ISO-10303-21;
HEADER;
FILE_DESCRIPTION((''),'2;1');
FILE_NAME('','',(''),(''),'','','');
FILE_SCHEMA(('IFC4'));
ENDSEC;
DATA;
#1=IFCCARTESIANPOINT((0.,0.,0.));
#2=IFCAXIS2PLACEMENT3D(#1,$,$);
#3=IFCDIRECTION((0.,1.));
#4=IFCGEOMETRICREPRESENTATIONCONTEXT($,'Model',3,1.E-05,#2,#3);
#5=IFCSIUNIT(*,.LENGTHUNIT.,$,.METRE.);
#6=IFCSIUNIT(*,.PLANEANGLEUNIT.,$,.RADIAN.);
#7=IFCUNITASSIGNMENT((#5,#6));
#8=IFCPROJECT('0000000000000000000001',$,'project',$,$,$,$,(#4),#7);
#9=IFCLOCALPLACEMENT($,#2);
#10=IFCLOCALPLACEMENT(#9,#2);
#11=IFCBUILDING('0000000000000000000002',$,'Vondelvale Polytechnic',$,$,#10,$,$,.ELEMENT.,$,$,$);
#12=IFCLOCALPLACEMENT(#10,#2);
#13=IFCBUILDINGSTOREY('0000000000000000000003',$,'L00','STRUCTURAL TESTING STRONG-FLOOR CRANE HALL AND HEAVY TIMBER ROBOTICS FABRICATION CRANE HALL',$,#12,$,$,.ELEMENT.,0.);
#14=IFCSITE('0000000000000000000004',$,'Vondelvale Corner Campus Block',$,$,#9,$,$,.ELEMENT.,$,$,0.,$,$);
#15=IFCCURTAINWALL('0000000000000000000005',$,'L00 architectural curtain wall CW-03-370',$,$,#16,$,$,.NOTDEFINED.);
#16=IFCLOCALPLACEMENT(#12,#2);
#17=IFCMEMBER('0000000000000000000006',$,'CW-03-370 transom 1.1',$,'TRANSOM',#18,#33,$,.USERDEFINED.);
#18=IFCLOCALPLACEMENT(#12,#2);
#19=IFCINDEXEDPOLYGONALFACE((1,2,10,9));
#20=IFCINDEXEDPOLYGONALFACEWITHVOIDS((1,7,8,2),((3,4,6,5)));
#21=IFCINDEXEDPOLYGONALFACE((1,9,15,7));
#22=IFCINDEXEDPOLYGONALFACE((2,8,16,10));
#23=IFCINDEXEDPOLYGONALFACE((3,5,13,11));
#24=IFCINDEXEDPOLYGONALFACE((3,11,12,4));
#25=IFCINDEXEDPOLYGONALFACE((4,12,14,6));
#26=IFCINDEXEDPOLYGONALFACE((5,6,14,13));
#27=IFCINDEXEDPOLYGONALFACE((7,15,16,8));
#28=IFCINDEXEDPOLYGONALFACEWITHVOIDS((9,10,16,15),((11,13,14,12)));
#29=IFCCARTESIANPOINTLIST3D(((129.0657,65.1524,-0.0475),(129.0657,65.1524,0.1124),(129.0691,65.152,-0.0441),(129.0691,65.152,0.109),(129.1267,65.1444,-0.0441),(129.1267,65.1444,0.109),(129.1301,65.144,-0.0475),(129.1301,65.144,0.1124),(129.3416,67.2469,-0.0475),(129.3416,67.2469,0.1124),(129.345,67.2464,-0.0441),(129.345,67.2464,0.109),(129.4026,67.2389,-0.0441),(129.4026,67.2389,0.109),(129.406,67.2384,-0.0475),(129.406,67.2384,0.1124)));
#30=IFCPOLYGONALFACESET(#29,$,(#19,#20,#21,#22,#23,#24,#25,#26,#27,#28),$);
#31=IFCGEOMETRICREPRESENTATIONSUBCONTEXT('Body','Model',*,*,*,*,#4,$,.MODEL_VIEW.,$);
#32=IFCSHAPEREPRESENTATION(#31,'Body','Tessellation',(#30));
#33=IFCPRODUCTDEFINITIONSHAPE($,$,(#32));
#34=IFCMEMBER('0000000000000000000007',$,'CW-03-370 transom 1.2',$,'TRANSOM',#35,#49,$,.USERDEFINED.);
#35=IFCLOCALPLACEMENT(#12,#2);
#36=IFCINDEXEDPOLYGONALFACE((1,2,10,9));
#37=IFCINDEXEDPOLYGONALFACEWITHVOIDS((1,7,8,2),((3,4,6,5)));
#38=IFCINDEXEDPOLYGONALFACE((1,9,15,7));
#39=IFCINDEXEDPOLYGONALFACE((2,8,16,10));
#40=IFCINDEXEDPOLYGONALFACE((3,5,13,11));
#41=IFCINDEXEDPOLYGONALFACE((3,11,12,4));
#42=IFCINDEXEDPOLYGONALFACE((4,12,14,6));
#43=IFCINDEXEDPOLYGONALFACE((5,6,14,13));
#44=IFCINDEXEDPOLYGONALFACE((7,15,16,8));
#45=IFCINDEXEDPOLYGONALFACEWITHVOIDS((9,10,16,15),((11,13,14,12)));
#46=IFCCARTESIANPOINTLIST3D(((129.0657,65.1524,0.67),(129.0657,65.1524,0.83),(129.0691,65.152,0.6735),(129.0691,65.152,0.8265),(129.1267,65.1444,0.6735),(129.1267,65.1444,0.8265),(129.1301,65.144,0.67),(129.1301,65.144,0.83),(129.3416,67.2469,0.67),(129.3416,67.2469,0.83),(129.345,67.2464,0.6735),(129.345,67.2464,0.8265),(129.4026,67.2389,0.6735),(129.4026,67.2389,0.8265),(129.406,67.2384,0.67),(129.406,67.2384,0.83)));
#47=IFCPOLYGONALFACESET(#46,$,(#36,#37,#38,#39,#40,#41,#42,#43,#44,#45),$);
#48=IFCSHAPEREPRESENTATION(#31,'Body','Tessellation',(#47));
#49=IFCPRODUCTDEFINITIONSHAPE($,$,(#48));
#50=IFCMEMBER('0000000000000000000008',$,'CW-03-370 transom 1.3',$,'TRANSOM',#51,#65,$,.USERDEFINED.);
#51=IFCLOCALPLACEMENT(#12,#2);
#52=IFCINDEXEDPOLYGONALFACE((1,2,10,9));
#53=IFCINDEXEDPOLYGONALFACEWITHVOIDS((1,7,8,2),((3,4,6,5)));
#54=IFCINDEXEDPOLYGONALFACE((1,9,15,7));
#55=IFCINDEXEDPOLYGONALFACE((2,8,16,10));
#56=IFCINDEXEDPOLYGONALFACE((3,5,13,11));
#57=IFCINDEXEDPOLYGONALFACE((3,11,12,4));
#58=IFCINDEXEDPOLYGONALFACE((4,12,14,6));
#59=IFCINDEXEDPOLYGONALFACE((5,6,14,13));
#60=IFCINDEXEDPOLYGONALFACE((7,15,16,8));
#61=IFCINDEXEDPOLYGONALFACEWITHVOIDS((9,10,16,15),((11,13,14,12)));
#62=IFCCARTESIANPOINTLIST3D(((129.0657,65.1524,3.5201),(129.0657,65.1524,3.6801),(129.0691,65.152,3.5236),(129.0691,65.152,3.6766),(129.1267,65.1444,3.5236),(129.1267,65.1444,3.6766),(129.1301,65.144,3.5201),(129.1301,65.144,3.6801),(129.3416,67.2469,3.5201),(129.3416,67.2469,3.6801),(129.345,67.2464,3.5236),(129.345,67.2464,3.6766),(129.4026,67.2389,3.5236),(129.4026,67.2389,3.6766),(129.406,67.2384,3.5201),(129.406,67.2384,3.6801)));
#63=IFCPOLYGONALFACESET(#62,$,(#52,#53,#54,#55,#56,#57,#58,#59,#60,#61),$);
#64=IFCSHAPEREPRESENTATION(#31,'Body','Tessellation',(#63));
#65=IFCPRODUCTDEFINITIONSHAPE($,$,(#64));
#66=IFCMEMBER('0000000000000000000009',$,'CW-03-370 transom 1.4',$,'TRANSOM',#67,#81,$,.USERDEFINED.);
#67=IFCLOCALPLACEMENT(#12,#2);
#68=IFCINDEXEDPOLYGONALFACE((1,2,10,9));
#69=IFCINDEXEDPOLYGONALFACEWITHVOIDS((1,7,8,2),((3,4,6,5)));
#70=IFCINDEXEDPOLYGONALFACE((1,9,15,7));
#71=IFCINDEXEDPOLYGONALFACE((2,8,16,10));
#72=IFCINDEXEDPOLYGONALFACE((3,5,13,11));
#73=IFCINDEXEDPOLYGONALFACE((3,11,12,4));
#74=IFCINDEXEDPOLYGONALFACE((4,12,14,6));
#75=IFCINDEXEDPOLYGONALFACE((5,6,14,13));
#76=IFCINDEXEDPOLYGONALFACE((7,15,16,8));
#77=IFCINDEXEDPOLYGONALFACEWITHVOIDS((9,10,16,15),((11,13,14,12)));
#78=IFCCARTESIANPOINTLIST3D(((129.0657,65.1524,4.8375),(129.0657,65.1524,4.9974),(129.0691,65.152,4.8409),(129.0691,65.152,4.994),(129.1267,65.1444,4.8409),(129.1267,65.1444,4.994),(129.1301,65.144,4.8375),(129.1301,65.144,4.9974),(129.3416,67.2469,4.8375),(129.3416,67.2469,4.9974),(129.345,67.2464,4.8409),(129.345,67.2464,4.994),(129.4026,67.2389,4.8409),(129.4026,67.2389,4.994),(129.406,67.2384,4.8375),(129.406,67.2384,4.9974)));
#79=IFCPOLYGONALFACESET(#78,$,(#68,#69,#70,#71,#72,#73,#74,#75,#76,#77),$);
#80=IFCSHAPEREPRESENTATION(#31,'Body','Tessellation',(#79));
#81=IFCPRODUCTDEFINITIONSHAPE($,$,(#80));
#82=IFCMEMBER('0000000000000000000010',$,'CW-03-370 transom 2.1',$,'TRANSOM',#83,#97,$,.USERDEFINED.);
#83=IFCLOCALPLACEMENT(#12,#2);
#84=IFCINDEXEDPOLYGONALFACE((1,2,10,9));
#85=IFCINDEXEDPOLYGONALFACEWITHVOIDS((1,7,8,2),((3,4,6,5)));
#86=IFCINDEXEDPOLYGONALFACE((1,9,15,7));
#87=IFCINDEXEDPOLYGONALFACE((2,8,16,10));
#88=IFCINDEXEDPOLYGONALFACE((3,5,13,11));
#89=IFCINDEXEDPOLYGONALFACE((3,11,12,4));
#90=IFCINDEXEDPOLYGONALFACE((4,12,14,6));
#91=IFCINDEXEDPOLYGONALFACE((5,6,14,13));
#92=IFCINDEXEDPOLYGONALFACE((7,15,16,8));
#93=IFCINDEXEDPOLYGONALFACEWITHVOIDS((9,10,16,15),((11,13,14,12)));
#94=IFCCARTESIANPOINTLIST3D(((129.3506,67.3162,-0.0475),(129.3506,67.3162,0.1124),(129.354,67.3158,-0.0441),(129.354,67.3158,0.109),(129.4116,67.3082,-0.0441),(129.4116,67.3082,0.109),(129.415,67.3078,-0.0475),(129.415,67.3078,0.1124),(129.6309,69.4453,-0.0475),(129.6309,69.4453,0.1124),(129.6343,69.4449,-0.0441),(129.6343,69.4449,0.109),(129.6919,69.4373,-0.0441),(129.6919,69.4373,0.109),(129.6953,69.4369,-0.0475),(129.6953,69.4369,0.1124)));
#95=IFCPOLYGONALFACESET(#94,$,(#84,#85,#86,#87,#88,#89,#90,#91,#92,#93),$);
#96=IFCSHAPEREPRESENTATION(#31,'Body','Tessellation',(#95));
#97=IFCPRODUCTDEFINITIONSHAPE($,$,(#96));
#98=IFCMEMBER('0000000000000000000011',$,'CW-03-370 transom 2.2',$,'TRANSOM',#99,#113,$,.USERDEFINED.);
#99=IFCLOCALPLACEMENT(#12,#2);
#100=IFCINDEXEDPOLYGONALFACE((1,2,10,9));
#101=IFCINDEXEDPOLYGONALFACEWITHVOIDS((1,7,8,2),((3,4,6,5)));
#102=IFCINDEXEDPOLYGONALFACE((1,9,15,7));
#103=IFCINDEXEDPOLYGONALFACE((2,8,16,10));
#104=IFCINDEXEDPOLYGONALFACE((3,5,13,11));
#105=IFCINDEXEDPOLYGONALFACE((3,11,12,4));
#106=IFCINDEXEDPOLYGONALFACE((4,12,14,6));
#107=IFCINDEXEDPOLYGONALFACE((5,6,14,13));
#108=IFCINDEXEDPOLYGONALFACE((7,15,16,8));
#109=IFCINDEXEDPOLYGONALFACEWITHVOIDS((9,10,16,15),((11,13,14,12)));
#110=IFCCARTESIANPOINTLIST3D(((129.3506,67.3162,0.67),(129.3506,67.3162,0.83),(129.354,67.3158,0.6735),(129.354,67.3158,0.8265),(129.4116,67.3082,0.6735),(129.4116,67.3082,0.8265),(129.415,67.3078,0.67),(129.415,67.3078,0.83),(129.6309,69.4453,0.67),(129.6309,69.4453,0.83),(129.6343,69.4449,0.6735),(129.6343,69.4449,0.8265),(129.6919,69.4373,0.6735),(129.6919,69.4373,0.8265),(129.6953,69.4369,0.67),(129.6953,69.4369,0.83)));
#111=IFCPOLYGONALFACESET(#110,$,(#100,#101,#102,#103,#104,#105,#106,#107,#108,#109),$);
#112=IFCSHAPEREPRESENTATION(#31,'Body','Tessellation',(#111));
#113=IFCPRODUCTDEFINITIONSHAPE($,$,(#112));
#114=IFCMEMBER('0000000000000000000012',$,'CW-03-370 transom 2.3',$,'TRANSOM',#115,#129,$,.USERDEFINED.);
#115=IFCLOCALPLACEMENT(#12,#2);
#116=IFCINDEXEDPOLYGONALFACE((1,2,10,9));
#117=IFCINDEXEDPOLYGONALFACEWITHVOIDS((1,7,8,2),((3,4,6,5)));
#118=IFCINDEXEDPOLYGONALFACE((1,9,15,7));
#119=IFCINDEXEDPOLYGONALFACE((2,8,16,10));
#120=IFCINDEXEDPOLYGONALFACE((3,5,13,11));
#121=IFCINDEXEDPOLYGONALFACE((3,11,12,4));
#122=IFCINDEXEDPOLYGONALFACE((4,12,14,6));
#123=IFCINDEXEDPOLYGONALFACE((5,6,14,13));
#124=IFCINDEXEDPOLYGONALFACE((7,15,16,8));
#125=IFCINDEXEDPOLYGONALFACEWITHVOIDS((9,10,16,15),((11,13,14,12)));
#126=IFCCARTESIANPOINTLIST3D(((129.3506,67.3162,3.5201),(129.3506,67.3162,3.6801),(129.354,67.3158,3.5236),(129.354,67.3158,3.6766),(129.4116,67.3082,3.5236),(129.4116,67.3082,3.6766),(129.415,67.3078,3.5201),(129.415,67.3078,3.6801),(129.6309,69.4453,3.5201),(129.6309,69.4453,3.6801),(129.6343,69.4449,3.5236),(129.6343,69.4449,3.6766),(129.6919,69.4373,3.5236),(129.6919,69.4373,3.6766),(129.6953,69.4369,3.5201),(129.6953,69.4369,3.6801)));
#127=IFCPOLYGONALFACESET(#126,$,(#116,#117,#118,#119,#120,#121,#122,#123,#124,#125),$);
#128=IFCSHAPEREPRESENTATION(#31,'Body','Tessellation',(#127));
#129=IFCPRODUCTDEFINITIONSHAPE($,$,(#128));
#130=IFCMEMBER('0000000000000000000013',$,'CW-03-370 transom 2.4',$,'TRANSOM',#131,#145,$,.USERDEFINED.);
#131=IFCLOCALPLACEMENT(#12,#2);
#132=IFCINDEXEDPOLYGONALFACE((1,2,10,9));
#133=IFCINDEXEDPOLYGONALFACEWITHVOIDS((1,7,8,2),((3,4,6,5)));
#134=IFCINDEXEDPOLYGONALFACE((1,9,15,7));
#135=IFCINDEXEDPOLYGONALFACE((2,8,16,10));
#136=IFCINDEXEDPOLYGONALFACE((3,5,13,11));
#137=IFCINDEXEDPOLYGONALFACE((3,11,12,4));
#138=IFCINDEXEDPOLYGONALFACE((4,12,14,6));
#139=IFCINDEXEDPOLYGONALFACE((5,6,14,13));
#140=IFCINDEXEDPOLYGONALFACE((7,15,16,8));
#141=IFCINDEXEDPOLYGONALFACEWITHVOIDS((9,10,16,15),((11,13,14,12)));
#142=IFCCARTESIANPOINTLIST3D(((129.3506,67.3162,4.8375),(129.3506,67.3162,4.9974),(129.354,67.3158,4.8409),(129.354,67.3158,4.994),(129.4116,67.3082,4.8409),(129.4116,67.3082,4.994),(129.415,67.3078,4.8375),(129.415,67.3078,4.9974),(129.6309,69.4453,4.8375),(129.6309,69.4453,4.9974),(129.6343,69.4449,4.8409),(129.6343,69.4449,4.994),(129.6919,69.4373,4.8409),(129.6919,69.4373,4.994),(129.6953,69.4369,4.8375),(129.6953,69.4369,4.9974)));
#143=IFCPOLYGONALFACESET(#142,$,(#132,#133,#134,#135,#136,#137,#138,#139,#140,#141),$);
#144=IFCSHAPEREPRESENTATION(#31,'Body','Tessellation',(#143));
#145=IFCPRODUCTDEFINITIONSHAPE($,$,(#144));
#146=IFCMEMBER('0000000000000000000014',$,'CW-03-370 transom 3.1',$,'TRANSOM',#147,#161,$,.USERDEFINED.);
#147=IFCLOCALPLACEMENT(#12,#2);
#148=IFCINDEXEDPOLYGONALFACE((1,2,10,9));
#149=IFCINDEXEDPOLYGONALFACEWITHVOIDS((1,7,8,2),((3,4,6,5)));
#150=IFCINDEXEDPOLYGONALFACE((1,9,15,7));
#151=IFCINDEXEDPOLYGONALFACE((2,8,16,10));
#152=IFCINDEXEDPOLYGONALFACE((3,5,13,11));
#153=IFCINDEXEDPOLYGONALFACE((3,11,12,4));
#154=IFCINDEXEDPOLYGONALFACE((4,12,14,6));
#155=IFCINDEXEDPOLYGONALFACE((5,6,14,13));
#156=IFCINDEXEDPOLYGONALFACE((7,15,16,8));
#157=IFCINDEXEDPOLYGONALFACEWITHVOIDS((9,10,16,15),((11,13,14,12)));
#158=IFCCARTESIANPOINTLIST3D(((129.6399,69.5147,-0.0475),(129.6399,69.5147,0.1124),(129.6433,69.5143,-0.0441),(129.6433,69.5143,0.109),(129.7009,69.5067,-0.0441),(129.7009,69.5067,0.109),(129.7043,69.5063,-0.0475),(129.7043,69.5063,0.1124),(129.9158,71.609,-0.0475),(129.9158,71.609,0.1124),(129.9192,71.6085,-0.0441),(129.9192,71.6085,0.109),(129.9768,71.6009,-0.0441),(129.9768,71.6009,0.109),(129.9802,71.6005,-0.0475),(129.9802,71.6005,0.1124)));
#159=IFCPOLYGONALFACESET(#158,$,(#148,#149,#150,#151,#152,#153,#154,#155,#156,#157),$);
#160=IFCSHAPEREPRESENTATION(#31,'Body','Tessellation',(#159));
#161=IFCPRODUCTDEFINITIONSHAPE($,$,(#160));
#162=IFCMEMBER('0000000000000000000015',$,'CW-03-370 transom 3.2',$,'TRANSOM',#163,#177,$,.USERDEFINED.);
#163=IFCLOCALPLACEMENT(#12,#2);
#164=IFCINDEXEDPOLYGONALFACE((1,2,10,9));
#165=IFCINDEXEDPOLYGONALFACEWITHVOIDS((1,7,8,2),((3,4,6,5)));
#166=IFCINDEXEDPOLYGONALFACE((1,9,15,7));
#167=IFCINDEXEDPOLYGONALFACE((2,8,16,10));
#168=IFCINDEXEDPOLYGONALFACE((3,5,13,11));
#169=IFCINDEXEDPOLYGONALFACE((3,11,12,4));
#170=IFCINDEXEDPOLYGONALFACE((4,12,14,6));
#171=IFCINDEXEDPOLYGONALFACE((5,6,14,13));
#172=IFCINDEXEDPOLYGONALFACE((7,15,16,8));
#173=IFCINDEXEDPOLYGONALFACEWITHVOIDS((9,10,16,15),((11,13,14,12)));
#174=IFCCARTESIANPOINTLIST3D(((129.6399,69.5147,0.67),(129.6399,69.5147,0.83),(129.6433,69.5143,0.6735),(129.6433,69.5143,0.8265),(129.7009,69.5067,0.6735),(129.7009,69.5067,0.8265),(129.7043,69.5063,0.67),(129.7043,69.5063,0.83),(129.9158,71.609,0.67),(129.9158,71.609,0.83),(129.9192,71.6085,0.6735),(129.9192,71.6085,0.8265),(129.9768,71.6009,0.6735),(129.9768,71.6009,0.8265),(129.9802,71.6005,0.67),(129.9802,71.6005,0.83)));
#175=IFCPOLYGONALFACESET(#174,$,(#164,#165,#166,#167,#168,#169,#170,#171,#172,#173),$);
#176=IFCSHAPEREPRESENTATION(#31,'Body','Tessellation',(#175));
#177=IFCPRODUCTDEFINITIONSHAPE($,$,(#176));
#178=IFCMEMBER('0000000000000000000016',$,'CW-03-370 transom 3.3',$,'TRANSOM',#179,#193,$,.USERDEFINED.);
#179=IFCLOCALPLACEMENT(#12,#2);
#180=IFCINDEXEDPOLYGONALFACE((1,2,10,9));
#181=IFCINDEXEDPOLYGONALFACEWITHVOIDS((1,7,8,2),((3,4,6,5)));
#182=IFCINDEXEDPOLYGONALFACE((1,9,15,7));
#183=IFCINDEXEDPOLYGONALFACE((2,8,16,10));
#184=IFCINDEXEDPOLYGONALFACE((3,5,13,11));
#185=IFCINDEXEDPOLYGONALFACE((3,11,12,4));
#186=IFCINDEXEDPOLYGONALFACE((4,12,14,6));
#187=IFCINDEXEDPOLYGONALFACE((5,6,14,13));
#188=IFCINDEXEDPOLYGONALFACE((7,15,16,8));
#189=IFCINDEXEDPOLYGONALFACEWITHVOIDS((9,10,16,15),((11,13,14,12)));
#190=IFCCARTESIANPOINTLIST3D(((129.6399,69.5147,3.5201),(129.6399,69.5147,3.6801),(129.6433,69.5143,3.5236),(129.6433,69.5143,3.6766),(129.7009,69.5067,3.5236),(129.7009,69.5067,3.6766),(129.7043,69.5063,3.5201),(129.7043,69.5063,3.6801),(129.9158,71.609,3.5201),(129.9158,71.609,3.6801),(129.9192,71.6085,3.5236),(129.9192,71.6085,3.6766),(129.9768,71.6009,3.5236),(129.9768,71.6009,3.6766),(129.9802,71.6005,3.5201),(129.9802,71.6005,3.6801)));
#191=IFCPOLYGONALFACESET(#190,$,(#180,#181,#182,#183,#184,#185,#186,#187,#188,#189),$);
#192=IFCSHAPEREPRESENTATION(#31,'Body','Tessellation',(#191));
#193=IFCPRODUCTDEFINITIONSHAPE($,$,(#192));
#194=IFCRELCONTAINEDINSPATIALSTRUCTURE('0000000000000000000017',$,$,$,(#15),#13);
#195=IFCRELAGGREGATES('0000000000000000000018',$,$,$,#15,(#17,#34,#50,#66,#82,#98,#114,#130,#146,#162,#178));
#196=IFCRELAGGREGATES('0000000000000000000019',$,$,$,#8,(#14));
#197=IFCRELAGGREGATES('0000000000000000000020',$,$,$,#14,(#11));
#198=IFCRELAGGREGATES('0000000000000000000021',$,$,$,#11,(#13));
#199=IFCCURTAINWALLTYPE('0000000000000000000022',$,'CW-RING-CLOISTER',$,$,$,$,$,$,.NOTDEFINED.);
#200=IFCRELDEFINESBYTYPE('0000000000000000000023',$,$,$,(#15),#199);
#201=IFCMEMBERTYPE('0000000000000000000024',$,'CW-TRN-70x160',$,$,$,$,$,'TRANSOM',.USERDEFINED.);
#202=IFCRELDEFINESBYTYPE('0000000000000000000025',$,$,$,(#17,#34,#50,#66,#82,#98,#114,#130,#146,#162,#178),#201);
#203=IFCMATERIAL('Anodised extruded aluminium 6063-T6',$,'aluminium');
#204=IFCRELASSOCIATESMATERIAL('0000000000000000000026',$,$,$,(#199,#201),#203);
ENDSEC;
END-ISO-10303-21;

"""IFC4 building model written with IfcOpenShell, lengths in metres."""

from ifc_helpers import new_model, si_unit, direction, frame, origin, origin_2d, place, context, subcontext, project, spatial, hollow_rectangle, extrude, material, material_profile, profile_set, type_object, element, aggregate, save


model = new_model("IFC4")

# Units and contexts
model_context = context("Model", 3, precision=1e-05, world=origin(), true_north=direction((0.0, 1.0)))
body_context = subcontext(model_context, "Body", "Model", "MODEL_VIEW")
ifc_project = project(units=[si_unit("LENGTHUNIT", "METRE"), si_unit("PLANEANGLEUNIT", "RADIAN")], contexts=[model_context])

# Site, building, storey
site_placement = place(None, origin())
site = spatial("IfcSite", under=ifc_project, at=site_placement, Name="Vondelvale Corner Campus Block", CompositionType="ELEMENT", RefElevation=0.0)
building_placement = place(site_placement, origin())
building = spatial("IfcBuilding", under=site, at=building_placement, Name="Vondelvale Polytechnic", CompositionType="ELEMENT")
storey_placement = place(building_placement, origin())
storey = spatial("IfcBuildingStorey", under=building, at=storey_placement, Name="L00", Description="STRUCTURAL TESTING STRONG-FLOOR CRANE HALL AND HEAVY TIMBER ROBOTICS FABRICATION CRANE HALL", CompositionType="ELEMENT", Elevation=0.0)

# Curtain wall, members
ifc_material_1 = material(Name="Anodised extruded aluminium 6063-T6", Category="aluminium")
curtain_wall_type = type_object("IfcCurtainWallType", Name="CW-RING-CLOISTER", PredefinedType="NOTDEFINED", material=ifc_material_1)
curtain_wall_placement = place(storey_placement, origin())
curtain_wall = element("IfcCurtainWall", 1, at=curtain_wall_placement, inside=storey, type_object=curtain_wall_type, Name="L00 architectural curtain wall CW-03-370", PredefinedType="NOTDEFINED")
ifc_material_profile_1 = material_profile(ifc_material_1, hollow_rectangle(XDim=0.0649, YDim=0.1599, WallThickness=0.0034, at=origin_2d()), Name="CW-TRN-160x65")
ifc_profile_set_1 = profile_set([ifc_material_profile_1], Name="Anodised extruded aluminium 6063-T6")
member_type_1 = type_object("IfcMemberType", Name="CW-TRN-70x160", ElementType="TRANSOM", PredefinedType="USERDEFINED", material=ifc_profile_set_1)
member_1_placement = place(storey_placement, frame((129.0979, 65.1482, 0.0325), z_axis=(0.130589, 0.991437, 0.0), x_axis=(-0.991437, 0.130589, 0.0)))
member_1 = element("IfcMember", 2, at=member_1_placement, type_object=member_type_1, Name="CW-03-370 transom 1.1", ObjectType="TRANSOM", PredefinedType="USERDEFINED", context=body_context, shape_type="SweptSolid", body=[
    extrude(hollow_rectangle(XDim=0.0649, YDim=0.1599, WallThickness=0.0034, at=origin_2d()), origin(), (0.0, 0.0, 1.0), 2.1125),
])
member_2_placement = place(storey_placement, frame((129.0979, 65.1482, 0.75), z_axis=(0.130589, 0.991437, 0.0), x_axis=(-0.991437, 0.130589, 0.0)))
member_2 = element("IfcMember", 3, at=member_2_placement, type_object=member_type_1, Name="CW-03-370 transom 1.2", ObjectType="TRANSOM", PredefinedType="USERDEFINED", context=body_context, shape_type="SweptSolid", body=[
    extrude(hollow_rectangle(XDim=0.0649, YDim=0.1599, WallThickness=0.0034, at=origin_2d()), origin(), (0.0, 0.0, 1.0), 2.1125),
])
member_3_placement = place(storey_placement, frame((129.0979, 65.1482, 3.6001), z_axis=(0.130589, 0.991437, 0.0), x_axis=(-0.991437, 0.130589, 0.0)))
member_3 = element("IfcMember", 4, at=member_3_placement, type_object=member_type_1, Name="CW-03-370 transom 1.3", ObjectType="TRANSOM", PredefinedType="USERDEFINED", context=body_context, shape_type="SweptSolid", body=[
    extrude(hollow_rectangle(XDim=0.0649, YDim=0.1599, WallThickness=0.0034, at=origin_2d()), origin(), (0.0, 0.0, 1.0), 2.1125),
])
member_4_placement = place(storey_placement, frame((129.0979, 65.1482, 4.9175), z_axis=(0.130589, 0.991437, 0.0), x_axis=(-0.991437, 0.130589, 0.0)))
member_4 = element("IfcMember", 5, at=member_4_placement, type_object=member_type_1, Name="CW-03-370 transom 1.4", ObjectType="TRANSOM", PredefinedType="USERDEFINED", context=body_context, shape_type="SweptSolid", body=[
    extrude(hollow_rectangle(XDim=0.0649, YDim=0.1599, WallThickness=0.0034, at=origin_2d()), origin(), (0.0, 0.0, 1.0), 2.1125),
])
member_5_placement = place(storey_placement, frame((129.3828, 67.312, 0.0325), z_axis=(0.13051, 0.991447, 0.0), x_axis=(-0.991447, 0.13051, 0.0)))
member_5 = element("IfcMember", 6, at=member_5_placement, type_object=member_type_1, Name="CW-03-370 transom 2.1", ObjectType="TRANSOM", PredefinedType="USERDEFINED", context=body_context, shape_type="SweptSolid", body=[
    extrude(hollow_rectangle(XDim=0.0649, YDim=0.1599, WallThickness=0.0034, at=origin_2d()), origin(), (0.0, 0.0, 1.0), 2.1475),
])
member_6_placement = place(storey_placement, frame((129.3828, 67.312, 0.75), z_axis=(0.13051, 0.991447, 0.0), x_axis=(-0.991447, 0.13051, 0.0)))
member_6 = element("IfcMember", 7, at=member_6_placement, type_object=member_type_1, Name="CW-03-370 transom 2.2", ObjectType="TRANSOM", PredefinedType="USERDEFINED", context=body_context, shape_type="SweptSolid", body=[
    extrude(hollow_rectangle(XDim=0.0649, YDim=0.1599, WallThickness=0.0034, at=origin_2d()), origin(), (0.0, 0.0, 1.0), 2.1475),
])
member_7_placement = place(storey_placement, frame((129.3828, 67.312, 3.6001), z_axis=(0.13051, 0.991447, 0.0), x_axis=(-0.991447, 0.13051, 0.0)))
member_7 = element("IfcMember", 8, at=member_7_placement, type_object=member_type_1, Name="CW-03-370 transom 2.3", ObjectType="TRANSOM", PredefinedType="USERDEFINED", context=body_context, shape_type="SweptSolid", body=[
    extrude(hollow_rectangle(XDim=0.0649, YDim=0.1599, WallThickness=0.0034, at=origin_2d()), origin(), (0.0, 0.0, 1.0), 2.1475),
])
member_8_placement = place(storey_placement, frame((129.3828, 67.312, 4.9175), z_axis=(0.13051, 0.991447, 0.0), x_axis=(-0.991447, 0.13051, 0.0)))
member_8 = element("IfcMember", 9, at=member_8_placement, type_object=member_type_1, Name="CW-03-370 transom 2.4", ObjectType="TRANSOM", PredefinedType="USERDEFINED", context=body_context, shape_type="SweptSolid", body=[
    extrude(hollow_rectangle(XDim=0.0649, YDim=0.1599, WallThickness=0.0034, at=origin_2d()), origin(), (0.0, 0.0, 1.0), 2.1475),
])
member_9_placement = place(storey_placement, frame((129.6721, 69.5105, 0.0325), z_axis=(0.130604, 0.991435, 0.0), x_axis=(-0.991435, 0.130604, 0.0)))
member_9 = element("IfcMember", 10, at=member_9_placement, type_object=member_type_1, Name="CW-03-370 transom 3.1", ObjectType="TRANSOM", PredefinedType="USERDEFINED", context=body_context, shape_type="SweptSolid", body=[
    extrude(hollow_rectangle(XDim=0.0649, YDim=0.1599, WallThickness=0.0034, at=origin_2d()), origin(), (0.0, 0.0, 1.0), 2.1123),
])
member_10_placement = place(storey_placement, frame((129.6721, 69.5105, 0.75), z_axis=(0.130604, 0.991435, 0.0), x_axis=(-0.991435, 0.130604, 0.0)))
member_10 = element("IfcMember", 11, at=member_10_placement, type_object=member_type_1, Name="CW-03-370 transom 3.2", ObjectType="TRANSOM", PredefinedType="USERDEFINED", context=body_context, shape_type="SweptSolid", body=[
    extrude(hollow_rectangle(XDim=0.0649, YDim=0.1599, WallThickness=0.0034, at=origin_2d()), origin(), (0.0, 0.0, 1.0), 2.1123),
])
member_11_placement = place(storey_placement, frame((129.6721, 69.5105, 3.6001), z_axis=(0.130604, 0.991435, 0.0), x_axis=(-0.991435, 0.130604, 0.0)))
member_11 = element("IfcMember", 12, at=member_11_placement, type_object=member_type_1, Name="CW-03-370 transom 3.3", ObjectType="TRANSOM", PredefinedType="USERDEFINED", context=body_context, shape_type="SweptSolid", body=[
    extrude(hollow_rectangle(XDim=0.0649, YDim=0.1599, WallThickness=0.0034, at=origin_2d()), origin(), (0.0, 0.0, 1.0), 2.1123),
])
aggregate(curtain_wall, [member_1, member_2, member_3, member_4, member_5, member_6, member_7, member_8, member_9, member_10, member_11])

save(model, "model.ifc")
